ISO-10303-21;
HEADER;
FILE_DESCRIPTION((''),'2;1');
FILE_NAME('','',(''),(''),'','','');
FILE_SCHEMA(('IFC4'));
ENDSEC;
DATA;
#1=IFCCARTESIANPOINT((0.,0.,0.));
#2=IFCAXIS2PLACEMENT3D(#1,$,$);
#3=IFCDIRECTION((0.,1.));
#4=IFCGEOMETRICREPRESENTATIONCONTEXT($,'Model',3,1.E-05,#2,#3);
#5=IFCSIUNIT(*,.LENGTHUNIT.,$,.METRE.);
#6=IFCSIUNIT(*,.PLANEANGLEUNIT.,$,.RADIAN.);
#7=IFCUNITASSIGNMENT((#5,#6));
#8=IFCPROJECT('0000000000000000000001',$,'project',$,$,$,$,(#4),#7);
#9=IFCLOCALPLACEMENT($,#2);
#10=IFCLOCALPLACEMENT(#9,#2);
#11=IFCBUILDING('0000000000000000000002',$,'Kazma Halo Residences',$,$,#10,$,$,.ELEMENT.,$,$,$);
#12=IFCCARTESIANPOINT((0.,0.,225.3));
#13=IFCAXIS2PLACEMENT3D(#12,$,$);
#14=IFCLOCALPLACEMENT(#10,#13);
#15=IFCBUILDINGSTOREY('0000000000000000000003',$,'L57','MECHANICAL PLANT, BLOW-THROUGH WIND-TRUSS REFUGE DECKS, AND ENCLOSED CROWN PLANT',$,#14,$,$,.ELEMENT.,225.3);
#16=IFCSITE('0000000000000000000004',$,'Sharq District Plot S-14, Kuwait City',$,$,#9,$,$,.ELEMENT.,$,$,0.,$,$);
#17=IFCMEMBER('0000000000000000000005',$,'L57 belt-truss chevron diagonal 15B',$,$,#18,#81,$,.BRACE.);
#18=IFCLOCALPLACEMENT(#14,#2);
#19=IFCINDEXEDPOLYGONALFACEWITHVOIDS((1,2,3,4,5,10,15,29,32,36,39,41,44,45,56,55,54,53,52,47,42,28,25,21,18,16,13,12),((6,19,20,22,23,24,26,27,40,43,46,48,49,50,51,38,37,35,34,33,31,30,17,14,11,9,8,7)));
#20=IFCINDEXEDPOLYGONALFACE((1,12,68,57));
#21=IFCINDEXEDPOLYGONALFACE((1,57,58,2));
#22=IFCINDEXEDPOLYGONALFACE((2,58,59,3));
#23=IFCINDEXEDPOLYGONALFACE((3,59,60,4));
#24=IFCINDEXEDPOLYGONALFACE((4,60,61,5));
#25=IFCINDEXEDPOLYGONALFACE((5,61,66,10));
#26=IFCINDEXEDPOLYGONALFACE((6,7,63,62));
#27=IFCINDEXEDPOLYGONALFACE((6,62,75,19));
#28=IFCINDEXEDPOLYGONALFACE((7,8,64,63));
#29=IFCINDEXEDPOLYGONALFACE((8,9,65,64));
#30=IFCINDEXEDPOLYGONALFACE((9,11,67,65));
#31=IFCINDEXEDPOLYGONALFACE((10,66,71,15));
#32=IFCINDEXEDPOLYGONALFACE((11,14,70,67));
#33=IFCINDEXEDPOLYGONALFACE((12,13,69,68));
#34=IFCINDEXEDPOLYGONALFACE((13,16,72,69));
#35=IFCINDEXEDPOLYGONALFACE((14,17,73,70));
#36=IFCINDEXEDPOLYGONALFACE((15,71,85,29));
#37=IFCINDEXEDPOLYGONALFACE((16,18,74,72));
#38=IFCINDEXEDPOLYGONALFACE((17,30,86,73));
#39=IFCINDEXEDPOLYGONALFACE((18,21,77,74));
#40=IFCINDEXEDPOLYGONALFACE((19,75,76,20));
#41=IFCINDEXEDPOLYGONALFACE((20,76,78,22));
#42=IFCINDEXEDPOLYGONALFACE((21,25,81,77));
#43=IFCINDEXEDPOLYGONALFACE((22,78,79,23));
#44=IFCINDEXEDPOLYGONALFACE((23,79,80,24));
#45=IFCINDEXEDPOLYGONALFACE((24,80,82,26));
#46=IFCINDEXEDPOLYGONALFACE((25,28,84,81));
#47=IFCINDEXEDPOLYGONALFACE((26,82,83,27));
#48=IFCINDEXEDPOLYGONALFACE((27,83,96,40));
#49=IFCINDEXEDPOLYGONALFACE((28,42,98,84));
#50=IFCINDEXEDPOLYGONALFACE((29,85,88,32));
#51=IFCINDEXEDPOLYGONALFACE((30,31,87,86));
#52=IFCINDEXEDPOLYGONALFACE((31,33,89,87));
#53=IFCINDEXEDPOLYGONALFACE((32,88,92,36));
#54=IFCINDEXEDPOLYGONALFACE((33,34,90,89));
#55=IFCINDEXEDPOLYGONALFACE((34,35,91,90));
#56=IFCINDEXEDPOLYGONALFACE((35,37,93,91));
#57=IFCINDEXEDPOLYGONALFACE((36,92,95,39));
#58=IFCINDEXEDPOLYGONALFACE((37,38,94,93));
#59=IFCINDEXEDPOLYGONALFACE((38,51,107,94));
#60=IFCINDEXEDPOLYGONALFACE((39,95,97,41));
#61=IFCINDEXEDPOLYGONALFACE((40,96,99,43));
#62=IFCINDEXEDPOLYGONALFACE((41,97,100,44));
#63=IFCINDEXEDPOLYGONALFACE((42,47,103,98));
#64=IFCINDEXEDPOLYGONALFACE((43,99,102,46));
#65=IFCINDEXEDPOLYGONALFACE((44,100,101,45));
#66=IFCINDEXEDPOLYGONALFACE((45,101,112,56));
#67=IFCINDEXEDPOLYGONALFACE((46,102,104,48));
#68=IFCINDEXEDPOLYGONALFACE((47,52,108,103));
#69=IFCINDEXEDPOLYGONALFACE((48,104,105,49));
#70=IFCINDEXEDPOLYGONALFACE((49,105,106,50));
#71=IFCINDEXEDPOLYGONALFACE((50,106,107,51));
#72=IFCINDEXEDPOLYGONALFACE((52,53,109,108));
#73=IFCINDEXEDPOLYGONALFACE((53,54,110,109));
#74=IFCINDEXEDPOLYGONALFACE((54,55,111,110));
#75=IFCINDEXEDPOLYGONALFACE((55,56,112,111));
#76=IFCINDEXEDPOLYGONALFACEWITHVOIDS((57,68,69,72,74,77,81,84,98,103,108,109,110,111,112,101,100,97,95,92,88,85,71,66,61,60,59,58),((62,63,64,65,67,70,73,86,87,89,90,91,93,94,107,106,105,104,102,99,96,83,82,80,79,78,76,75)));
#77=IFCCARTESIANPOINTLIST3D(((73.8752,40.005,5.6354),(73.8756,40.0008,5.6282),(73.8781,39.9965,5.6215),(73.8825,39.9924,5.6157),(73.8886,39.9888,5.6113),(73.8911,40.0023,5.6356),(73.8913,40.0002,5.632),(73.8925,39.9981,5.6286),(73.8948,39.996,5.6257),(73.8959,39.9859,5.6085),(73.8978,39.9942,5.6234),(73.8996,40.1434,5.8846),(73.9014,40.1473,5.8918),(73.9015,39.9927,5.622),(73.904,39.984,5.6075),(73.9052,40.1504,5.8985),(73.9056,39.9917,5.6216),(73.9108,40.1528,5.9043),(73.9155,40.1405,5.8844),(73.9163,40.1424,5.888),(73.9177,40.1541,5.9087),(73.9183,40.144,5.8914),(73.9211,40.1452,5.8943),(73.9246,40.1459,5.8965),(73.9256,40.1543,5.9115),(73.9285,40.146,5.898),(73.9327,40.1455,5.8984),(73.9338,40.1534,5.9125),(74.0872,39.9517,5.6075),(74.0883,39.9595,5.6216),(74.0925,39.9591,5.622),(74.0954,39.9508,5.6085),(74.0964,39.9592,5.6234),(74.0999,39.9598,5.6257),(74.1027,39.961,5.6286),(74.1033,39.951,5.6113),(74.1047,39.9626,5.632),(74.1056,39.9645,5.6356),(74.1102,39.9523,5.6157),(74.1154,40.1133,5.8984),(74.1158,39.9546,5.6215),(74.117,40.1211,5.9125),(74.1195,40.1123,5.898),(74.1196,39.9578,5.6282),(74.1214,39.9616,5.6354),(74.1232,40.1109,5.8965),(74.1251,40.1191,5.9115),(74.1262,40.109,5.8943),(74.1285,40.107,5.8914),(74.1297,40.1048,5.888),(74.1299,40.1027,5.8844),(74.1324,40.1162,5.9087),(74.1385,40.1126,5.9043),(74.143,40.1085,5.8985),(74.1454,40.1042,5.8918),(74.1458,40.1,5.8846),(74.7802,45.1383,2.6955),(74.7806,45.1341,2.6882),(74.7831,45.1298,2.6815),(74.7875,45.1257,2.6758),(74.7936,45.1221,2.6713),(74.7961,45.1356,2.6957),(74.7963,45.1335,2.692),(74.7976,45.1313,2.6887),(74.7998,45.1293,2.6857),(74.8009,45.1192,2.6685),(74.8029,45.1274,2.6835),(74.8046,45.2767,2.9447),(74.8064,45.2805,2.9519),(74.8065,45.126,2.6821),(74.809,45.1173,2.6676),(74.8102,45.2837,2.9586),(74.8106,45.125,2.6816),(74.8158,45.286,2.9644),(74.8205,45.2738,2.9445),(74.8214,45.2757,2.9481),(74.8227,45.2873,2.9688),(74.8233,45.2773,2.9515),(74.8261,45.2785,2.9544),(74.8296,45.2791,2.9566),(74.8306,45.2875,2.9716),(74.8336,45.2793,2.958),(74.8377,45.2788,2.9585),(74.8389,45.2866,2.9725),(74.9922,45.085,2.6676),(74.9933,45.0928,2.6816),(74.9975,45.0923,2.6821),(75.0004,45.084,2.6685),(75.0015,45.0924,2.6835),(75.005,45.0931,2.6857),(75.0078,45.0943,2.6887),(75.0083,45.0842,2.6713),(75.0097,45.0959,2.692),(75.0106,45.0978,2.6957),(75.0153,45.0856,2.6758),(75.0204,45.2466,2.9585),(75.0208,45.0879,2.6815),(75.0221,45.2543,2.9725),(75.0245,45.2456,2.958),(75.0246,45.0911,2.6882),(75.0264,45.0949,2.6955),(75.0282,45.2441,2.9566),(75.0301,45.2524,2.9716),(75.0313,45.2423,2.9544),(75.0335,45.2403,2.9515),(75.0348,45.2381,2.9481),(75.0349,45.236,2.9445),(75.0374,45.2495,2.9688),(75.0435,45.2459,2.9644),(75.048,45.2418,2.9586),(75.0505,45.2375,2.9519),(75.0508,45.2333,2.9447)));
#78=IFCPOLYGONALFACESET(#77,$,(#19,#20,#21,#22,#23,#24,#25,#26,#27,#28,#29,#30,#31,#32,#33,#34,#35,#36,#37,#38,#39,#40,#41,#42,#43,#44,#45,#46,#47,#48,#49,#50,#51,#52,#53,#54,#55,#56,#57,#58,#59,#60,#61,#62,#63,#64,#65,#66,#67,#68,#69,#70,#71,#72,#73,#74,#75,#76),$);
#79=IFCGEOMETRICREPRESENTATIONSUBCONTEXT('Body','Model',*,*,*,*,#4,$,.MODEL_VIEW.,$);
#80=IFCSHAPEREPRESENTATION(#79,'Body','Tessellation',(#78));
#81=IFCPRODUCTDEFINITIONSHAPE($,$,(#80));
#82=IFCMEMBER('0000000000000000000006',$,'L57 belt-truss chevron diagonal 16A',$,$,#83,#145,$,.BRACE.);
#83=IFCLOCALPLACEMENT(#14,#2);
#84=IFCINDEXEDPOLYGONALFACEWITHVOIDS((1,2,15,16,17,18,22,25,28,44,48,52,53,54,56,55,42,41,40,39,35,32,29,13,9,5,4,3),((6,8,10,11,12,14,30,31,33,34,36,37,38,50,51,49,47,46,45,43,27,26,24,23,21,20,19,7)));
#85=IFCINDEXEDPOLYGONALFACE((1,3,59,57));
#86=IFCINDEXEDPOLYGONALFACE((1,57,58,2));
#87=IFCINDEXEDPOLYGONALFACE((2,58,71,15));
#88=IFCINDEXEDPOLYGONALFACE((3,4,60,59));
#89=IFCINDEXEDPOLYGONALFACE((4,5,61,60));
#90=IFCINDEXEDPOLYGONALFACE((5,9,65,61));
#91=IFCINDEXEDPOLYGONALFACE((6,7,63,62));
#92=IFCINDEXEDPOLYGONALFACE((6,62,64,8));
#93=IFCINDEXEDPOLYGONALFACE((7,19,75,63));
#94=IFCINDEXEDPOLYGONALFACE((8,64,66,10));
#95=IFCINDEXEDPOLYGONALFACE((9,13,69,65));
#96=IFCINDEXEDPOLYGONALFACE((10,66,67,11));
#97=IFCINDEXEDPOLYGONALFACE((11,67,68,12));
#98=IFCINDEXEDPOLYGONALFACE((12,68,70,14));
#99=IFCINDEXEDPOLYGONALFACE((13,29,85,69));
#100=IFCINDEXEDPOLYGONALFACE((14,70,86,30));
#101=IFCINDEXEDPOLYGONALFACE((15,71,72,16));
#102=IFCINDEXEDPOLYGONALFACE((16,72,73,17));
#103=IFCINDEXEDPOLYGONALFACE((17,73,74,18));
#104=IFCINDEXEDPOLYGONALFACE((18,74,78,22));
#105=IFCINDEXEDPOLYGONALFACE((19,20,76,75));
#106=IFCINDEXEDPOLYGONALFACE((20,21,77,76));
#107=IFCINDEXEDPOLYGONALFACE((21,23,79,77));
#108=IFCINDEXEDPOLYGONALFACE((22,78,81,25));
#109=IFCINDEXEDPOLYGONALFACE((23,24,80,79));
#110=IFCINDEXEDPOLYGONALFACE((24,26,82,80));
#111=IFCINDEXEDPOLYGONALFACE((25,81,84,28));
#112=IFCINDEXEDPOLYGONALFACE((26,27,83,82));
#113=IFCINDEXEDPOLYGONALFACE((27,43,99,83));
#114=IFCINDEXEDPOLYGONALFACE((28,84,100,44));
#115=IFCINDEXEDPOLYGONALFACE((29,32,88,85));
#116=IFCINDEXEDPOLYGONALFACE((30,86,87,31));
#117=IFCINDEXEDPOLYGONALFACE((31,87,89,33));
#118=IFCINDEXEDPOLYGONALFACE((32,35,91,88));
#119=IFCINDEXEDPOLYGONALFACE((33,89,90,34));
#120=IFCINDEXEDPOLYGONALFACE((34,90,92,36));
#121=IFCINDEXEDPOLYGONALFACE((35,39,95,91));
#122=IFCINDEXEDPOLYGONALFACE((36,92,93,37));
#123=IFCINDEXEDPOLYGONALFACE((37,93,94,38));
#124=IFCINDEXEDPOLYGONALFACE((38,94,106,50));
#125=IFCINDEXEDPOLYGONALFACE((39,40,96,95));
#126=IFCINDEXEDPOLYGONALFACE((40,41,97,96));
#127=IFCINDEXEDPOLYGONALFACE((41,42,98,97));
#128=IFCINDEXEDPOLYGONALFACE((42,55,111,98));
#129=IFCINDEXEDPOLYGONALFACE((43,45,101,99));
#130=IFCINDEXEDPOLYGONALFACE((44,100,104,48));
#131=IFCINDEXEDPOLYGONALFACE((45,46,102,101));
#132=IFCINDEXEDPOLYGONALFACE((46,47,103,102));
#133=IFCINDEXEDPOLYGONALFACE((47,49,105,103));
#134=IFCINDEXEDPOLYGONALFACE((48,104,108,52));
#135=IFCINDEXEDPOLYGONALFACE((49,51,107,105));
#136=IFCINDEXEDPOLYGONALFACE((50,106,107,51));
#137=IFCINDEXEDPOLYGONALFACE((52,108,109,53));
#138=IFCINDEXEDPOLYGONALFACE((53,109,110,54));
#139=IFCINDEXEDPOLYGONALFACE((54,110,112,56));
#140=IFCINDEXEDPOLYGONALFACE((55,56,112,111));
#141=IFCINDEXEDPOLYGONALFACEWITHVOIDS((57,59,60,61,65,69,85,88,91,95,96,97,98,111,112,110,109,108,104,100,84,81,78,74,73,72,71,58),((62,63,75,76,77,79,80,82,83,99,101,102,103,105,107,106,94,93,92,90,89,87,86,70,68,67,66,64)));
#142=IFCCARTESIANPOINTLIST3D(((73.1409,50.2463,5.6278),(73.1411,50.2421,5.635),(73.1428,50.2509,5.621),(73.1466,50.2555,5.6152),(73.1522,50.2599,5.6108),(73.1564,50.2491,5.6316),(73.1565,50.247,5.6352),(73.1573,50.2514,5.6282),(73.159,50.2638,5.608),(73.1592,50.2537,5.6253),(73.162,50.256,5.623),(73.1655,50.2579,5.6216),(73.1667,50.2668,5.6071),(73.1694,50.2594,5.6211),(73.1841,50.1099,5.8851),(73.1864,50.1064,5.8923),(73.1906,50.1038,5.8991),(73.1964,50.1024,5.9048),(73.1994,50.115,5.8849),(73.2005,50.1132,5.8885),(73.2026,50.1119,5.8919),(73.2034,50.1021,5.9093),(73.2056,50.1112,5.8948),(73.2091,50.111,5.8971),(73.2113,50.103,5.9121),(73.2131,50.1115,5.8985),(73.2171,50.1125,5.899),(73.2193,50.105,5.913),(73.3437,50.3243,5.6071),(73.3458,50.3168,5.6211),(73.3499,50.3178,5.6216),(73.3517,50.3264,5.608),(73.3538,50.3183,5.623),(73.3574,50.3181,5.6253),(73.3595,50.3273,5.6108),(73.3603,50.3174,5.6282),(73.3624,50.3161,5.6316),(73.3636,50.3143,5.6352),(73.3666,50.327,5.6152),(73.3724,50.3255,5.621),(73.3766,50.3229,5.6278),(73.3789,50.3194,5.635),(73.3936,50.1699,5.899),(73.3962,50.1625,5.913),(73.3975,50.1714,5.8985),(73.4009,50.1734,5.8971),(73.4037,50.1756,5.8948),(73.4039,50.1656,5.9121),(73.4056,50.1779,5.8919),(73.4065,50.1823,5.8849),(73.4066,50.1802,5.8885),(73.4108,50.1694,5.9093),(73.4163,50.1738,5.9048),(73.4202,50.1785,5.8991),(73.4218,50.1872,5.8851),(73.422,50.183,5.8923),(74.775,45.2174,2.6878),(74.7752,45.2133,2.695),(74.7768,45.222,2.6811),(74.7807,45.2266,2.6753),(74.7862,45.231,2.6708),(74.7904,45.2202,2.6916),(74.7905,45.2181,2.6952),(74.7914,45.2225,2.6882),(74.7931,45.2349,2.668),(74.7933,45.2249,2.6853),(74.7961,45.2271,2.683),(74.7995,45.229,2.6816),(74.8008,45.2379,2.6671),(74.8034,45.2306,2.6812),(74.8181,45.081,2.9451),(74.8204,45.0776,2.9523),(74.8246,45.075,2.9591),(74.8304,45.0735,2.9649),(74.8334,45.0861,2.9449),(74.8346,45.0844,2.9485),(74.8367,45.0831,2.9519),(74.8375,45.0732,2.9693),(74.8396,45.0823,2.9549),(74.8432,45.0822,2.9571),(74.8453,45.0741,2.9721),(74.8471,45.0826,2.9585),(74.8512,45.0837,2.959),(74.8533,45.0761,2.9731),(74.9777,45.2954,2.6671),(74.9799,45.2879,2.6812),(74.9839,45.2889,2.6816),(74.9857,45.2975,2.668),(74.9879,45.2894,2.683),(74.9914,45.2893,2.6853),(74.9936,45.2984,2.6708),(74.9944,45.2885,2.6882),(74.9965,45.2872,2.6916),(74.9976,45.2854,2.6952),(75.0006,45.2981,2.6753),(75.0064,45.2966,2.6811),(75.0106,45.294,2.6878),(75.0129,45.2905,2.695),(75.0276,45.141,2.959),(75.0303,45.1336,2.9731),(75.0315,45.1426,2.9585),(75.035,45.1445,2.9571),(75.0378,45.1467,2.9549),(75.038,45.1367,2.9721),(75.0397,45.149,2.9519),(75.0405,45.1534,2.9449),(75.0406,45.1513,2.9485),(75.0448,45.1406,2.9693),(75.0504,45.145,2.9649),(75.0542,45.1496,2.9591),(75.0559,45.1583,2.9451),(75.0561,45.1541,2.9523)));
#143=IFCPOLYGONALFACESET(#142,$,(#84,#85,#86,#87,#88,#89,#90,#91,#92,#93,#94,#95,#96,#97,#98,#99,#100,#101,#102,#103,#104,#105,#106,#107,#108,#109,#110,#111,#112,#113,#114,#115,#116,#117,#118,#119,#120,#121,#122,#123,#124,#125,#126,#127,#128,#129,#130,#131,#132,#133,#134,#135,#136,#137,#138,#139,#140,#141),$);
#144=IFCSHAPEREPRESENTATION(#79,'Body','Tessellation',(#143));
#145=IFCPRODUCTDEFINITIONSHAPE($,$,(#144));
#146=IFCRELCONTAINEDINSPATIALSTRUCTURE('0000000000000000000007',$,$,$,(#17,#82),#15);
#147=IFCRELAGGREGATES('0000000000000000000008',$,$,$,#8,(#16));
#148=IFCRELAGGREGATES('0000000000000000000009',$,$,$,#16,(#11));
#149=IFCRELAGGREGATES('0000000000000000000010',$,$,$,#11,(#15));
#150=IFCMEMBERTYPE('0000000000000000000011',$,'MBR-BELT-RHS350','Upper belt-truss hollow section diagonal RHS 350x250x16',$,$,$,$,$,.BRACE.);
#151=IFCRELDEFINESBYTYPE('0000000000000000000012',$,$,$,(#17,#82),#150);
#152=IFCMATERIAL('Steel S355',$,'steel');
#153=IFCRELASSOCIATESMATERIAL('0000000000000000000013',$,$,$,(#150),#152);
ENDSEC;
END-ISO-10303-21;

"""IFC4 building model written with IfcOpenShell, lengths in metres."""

from ifc_helpers import new_model, si_unit, direction, frame, origin, origin_2d, place, context, subcontext, project, spatial, hollow_rectangle, extrude, material, material_profile, profile_set, type_object, element, save


model = new_model("IFC4")

# Units and contexts
model_context = context("Model", 3, precision=1e-05, world=origin(), true_north=direction((0.0, 1.0)))
body_context = subcontext(model_context, "Body", "Model", "MODEL_VIEW")
ifc_project = project(units=[si_unit("LENGTHUNIT", "METRE"), si_unit("PLANEANGLEUNIT", "RADIAN")], contexts=[model_context])

# Site, building, storey
site_placement = place(None, origin())
site = spatial("IfcSite", under=ifc_project, at=site_placement, Name="Sharq District Plot S-14, Kuwait City", CompositionType="ELEMENT", RefElevation=0.0)
building_placement = place(site_placement, origin())
building = spatial("IfcBuilding", under=site, at=building_placement, Name="Kazma Halo Residences", CompositionType="ELEMENT")
storey_placement = place(building_placement, frame((0.0, 0.0, 225.3)))
storey = spatial("IfcBuildingStorey", under=building, at=storey_placement, Name="L57", Description="MECHANICAL PLANT, BLOW-THROUGH WIND-TRUSS REFUGE DECKS, AND ENCLOSED CROWN PLANT", CompositionType="ELEMENT", Elevation=225.3)

# Shared definitions
ifc_material_1 = material(Name="Steel S355", Category="steel")

# Members
ifc_material_profile_1 = material_profile(ifc_material_1, hollow_rectangle(XDim=0.25, YDim=0.3501, WallThickness=0.0161, InnerFilletRadius=0.0161, OuterFilletRadius=0.032, at=origin_2d()), Name="RHS350x250x16")
ifc_profile_set_1 = profile_set([ifc_material_profile_1], Name="Steel S355")
member_type_1 = type_object("IfcMemberType", Name="MBR-BELT-RHS350", Description="Upper belt-truss hollow section diagonal RHS 350x250x16", PredefinedType="BRACE", material=ifc_profile_set_1)
member_1_placement = place(storey_placement, frame((74.9155, 45.1858, 2.8201), z_axis=(-0.151231, -0.85778, 0.491267), x_axis=(0.984811, -0.173628, 0.0)))
element("IfcMember", 1, at=member_1_placement, inside=storey, type_object=member_type_1, Name="L57 belt-truss chevron diagonal 15B", PredefinedType="BRACE", context=body_context, shape_type="SweptSolid", body=[
    extrude(hollow_rectangle(XDim=0.25, YDim=0.3501, WallThickness=0.0161, InnerFilletRadius=0.0161, OuterFilletRadius=0.032, at=origin_2d()), origin(), (0.0, 0.0, 1.0), 5.9844),
])
member_2_placement = place(storey_placement, frame((74.9155, 45.1858, 2.8201), z_axis=(-0.270089, 0.831211, 0.485942), x_axis=(-0.951052, -0.30903, 0.0)))
element("IfcMember", 2, at=member_2_placement, inside=storey, type_object=member_type_1, Name="L57 belt-truss chevron diagonal 16A", PredefinedType="BRACE", context=body_context, shape_type="SweptSolid", body=[
    extrude(hollow_rectangle(XDim=0.25, YDim=0.3501, WallThickness=0.0161, InnerFilletRadius=0.0161, OuterFilletRadius=0.032, at=origin_2d()), origin(), (0.0, 0.0, 1.0), 6.05),
])

save(model, "model.ifc")
